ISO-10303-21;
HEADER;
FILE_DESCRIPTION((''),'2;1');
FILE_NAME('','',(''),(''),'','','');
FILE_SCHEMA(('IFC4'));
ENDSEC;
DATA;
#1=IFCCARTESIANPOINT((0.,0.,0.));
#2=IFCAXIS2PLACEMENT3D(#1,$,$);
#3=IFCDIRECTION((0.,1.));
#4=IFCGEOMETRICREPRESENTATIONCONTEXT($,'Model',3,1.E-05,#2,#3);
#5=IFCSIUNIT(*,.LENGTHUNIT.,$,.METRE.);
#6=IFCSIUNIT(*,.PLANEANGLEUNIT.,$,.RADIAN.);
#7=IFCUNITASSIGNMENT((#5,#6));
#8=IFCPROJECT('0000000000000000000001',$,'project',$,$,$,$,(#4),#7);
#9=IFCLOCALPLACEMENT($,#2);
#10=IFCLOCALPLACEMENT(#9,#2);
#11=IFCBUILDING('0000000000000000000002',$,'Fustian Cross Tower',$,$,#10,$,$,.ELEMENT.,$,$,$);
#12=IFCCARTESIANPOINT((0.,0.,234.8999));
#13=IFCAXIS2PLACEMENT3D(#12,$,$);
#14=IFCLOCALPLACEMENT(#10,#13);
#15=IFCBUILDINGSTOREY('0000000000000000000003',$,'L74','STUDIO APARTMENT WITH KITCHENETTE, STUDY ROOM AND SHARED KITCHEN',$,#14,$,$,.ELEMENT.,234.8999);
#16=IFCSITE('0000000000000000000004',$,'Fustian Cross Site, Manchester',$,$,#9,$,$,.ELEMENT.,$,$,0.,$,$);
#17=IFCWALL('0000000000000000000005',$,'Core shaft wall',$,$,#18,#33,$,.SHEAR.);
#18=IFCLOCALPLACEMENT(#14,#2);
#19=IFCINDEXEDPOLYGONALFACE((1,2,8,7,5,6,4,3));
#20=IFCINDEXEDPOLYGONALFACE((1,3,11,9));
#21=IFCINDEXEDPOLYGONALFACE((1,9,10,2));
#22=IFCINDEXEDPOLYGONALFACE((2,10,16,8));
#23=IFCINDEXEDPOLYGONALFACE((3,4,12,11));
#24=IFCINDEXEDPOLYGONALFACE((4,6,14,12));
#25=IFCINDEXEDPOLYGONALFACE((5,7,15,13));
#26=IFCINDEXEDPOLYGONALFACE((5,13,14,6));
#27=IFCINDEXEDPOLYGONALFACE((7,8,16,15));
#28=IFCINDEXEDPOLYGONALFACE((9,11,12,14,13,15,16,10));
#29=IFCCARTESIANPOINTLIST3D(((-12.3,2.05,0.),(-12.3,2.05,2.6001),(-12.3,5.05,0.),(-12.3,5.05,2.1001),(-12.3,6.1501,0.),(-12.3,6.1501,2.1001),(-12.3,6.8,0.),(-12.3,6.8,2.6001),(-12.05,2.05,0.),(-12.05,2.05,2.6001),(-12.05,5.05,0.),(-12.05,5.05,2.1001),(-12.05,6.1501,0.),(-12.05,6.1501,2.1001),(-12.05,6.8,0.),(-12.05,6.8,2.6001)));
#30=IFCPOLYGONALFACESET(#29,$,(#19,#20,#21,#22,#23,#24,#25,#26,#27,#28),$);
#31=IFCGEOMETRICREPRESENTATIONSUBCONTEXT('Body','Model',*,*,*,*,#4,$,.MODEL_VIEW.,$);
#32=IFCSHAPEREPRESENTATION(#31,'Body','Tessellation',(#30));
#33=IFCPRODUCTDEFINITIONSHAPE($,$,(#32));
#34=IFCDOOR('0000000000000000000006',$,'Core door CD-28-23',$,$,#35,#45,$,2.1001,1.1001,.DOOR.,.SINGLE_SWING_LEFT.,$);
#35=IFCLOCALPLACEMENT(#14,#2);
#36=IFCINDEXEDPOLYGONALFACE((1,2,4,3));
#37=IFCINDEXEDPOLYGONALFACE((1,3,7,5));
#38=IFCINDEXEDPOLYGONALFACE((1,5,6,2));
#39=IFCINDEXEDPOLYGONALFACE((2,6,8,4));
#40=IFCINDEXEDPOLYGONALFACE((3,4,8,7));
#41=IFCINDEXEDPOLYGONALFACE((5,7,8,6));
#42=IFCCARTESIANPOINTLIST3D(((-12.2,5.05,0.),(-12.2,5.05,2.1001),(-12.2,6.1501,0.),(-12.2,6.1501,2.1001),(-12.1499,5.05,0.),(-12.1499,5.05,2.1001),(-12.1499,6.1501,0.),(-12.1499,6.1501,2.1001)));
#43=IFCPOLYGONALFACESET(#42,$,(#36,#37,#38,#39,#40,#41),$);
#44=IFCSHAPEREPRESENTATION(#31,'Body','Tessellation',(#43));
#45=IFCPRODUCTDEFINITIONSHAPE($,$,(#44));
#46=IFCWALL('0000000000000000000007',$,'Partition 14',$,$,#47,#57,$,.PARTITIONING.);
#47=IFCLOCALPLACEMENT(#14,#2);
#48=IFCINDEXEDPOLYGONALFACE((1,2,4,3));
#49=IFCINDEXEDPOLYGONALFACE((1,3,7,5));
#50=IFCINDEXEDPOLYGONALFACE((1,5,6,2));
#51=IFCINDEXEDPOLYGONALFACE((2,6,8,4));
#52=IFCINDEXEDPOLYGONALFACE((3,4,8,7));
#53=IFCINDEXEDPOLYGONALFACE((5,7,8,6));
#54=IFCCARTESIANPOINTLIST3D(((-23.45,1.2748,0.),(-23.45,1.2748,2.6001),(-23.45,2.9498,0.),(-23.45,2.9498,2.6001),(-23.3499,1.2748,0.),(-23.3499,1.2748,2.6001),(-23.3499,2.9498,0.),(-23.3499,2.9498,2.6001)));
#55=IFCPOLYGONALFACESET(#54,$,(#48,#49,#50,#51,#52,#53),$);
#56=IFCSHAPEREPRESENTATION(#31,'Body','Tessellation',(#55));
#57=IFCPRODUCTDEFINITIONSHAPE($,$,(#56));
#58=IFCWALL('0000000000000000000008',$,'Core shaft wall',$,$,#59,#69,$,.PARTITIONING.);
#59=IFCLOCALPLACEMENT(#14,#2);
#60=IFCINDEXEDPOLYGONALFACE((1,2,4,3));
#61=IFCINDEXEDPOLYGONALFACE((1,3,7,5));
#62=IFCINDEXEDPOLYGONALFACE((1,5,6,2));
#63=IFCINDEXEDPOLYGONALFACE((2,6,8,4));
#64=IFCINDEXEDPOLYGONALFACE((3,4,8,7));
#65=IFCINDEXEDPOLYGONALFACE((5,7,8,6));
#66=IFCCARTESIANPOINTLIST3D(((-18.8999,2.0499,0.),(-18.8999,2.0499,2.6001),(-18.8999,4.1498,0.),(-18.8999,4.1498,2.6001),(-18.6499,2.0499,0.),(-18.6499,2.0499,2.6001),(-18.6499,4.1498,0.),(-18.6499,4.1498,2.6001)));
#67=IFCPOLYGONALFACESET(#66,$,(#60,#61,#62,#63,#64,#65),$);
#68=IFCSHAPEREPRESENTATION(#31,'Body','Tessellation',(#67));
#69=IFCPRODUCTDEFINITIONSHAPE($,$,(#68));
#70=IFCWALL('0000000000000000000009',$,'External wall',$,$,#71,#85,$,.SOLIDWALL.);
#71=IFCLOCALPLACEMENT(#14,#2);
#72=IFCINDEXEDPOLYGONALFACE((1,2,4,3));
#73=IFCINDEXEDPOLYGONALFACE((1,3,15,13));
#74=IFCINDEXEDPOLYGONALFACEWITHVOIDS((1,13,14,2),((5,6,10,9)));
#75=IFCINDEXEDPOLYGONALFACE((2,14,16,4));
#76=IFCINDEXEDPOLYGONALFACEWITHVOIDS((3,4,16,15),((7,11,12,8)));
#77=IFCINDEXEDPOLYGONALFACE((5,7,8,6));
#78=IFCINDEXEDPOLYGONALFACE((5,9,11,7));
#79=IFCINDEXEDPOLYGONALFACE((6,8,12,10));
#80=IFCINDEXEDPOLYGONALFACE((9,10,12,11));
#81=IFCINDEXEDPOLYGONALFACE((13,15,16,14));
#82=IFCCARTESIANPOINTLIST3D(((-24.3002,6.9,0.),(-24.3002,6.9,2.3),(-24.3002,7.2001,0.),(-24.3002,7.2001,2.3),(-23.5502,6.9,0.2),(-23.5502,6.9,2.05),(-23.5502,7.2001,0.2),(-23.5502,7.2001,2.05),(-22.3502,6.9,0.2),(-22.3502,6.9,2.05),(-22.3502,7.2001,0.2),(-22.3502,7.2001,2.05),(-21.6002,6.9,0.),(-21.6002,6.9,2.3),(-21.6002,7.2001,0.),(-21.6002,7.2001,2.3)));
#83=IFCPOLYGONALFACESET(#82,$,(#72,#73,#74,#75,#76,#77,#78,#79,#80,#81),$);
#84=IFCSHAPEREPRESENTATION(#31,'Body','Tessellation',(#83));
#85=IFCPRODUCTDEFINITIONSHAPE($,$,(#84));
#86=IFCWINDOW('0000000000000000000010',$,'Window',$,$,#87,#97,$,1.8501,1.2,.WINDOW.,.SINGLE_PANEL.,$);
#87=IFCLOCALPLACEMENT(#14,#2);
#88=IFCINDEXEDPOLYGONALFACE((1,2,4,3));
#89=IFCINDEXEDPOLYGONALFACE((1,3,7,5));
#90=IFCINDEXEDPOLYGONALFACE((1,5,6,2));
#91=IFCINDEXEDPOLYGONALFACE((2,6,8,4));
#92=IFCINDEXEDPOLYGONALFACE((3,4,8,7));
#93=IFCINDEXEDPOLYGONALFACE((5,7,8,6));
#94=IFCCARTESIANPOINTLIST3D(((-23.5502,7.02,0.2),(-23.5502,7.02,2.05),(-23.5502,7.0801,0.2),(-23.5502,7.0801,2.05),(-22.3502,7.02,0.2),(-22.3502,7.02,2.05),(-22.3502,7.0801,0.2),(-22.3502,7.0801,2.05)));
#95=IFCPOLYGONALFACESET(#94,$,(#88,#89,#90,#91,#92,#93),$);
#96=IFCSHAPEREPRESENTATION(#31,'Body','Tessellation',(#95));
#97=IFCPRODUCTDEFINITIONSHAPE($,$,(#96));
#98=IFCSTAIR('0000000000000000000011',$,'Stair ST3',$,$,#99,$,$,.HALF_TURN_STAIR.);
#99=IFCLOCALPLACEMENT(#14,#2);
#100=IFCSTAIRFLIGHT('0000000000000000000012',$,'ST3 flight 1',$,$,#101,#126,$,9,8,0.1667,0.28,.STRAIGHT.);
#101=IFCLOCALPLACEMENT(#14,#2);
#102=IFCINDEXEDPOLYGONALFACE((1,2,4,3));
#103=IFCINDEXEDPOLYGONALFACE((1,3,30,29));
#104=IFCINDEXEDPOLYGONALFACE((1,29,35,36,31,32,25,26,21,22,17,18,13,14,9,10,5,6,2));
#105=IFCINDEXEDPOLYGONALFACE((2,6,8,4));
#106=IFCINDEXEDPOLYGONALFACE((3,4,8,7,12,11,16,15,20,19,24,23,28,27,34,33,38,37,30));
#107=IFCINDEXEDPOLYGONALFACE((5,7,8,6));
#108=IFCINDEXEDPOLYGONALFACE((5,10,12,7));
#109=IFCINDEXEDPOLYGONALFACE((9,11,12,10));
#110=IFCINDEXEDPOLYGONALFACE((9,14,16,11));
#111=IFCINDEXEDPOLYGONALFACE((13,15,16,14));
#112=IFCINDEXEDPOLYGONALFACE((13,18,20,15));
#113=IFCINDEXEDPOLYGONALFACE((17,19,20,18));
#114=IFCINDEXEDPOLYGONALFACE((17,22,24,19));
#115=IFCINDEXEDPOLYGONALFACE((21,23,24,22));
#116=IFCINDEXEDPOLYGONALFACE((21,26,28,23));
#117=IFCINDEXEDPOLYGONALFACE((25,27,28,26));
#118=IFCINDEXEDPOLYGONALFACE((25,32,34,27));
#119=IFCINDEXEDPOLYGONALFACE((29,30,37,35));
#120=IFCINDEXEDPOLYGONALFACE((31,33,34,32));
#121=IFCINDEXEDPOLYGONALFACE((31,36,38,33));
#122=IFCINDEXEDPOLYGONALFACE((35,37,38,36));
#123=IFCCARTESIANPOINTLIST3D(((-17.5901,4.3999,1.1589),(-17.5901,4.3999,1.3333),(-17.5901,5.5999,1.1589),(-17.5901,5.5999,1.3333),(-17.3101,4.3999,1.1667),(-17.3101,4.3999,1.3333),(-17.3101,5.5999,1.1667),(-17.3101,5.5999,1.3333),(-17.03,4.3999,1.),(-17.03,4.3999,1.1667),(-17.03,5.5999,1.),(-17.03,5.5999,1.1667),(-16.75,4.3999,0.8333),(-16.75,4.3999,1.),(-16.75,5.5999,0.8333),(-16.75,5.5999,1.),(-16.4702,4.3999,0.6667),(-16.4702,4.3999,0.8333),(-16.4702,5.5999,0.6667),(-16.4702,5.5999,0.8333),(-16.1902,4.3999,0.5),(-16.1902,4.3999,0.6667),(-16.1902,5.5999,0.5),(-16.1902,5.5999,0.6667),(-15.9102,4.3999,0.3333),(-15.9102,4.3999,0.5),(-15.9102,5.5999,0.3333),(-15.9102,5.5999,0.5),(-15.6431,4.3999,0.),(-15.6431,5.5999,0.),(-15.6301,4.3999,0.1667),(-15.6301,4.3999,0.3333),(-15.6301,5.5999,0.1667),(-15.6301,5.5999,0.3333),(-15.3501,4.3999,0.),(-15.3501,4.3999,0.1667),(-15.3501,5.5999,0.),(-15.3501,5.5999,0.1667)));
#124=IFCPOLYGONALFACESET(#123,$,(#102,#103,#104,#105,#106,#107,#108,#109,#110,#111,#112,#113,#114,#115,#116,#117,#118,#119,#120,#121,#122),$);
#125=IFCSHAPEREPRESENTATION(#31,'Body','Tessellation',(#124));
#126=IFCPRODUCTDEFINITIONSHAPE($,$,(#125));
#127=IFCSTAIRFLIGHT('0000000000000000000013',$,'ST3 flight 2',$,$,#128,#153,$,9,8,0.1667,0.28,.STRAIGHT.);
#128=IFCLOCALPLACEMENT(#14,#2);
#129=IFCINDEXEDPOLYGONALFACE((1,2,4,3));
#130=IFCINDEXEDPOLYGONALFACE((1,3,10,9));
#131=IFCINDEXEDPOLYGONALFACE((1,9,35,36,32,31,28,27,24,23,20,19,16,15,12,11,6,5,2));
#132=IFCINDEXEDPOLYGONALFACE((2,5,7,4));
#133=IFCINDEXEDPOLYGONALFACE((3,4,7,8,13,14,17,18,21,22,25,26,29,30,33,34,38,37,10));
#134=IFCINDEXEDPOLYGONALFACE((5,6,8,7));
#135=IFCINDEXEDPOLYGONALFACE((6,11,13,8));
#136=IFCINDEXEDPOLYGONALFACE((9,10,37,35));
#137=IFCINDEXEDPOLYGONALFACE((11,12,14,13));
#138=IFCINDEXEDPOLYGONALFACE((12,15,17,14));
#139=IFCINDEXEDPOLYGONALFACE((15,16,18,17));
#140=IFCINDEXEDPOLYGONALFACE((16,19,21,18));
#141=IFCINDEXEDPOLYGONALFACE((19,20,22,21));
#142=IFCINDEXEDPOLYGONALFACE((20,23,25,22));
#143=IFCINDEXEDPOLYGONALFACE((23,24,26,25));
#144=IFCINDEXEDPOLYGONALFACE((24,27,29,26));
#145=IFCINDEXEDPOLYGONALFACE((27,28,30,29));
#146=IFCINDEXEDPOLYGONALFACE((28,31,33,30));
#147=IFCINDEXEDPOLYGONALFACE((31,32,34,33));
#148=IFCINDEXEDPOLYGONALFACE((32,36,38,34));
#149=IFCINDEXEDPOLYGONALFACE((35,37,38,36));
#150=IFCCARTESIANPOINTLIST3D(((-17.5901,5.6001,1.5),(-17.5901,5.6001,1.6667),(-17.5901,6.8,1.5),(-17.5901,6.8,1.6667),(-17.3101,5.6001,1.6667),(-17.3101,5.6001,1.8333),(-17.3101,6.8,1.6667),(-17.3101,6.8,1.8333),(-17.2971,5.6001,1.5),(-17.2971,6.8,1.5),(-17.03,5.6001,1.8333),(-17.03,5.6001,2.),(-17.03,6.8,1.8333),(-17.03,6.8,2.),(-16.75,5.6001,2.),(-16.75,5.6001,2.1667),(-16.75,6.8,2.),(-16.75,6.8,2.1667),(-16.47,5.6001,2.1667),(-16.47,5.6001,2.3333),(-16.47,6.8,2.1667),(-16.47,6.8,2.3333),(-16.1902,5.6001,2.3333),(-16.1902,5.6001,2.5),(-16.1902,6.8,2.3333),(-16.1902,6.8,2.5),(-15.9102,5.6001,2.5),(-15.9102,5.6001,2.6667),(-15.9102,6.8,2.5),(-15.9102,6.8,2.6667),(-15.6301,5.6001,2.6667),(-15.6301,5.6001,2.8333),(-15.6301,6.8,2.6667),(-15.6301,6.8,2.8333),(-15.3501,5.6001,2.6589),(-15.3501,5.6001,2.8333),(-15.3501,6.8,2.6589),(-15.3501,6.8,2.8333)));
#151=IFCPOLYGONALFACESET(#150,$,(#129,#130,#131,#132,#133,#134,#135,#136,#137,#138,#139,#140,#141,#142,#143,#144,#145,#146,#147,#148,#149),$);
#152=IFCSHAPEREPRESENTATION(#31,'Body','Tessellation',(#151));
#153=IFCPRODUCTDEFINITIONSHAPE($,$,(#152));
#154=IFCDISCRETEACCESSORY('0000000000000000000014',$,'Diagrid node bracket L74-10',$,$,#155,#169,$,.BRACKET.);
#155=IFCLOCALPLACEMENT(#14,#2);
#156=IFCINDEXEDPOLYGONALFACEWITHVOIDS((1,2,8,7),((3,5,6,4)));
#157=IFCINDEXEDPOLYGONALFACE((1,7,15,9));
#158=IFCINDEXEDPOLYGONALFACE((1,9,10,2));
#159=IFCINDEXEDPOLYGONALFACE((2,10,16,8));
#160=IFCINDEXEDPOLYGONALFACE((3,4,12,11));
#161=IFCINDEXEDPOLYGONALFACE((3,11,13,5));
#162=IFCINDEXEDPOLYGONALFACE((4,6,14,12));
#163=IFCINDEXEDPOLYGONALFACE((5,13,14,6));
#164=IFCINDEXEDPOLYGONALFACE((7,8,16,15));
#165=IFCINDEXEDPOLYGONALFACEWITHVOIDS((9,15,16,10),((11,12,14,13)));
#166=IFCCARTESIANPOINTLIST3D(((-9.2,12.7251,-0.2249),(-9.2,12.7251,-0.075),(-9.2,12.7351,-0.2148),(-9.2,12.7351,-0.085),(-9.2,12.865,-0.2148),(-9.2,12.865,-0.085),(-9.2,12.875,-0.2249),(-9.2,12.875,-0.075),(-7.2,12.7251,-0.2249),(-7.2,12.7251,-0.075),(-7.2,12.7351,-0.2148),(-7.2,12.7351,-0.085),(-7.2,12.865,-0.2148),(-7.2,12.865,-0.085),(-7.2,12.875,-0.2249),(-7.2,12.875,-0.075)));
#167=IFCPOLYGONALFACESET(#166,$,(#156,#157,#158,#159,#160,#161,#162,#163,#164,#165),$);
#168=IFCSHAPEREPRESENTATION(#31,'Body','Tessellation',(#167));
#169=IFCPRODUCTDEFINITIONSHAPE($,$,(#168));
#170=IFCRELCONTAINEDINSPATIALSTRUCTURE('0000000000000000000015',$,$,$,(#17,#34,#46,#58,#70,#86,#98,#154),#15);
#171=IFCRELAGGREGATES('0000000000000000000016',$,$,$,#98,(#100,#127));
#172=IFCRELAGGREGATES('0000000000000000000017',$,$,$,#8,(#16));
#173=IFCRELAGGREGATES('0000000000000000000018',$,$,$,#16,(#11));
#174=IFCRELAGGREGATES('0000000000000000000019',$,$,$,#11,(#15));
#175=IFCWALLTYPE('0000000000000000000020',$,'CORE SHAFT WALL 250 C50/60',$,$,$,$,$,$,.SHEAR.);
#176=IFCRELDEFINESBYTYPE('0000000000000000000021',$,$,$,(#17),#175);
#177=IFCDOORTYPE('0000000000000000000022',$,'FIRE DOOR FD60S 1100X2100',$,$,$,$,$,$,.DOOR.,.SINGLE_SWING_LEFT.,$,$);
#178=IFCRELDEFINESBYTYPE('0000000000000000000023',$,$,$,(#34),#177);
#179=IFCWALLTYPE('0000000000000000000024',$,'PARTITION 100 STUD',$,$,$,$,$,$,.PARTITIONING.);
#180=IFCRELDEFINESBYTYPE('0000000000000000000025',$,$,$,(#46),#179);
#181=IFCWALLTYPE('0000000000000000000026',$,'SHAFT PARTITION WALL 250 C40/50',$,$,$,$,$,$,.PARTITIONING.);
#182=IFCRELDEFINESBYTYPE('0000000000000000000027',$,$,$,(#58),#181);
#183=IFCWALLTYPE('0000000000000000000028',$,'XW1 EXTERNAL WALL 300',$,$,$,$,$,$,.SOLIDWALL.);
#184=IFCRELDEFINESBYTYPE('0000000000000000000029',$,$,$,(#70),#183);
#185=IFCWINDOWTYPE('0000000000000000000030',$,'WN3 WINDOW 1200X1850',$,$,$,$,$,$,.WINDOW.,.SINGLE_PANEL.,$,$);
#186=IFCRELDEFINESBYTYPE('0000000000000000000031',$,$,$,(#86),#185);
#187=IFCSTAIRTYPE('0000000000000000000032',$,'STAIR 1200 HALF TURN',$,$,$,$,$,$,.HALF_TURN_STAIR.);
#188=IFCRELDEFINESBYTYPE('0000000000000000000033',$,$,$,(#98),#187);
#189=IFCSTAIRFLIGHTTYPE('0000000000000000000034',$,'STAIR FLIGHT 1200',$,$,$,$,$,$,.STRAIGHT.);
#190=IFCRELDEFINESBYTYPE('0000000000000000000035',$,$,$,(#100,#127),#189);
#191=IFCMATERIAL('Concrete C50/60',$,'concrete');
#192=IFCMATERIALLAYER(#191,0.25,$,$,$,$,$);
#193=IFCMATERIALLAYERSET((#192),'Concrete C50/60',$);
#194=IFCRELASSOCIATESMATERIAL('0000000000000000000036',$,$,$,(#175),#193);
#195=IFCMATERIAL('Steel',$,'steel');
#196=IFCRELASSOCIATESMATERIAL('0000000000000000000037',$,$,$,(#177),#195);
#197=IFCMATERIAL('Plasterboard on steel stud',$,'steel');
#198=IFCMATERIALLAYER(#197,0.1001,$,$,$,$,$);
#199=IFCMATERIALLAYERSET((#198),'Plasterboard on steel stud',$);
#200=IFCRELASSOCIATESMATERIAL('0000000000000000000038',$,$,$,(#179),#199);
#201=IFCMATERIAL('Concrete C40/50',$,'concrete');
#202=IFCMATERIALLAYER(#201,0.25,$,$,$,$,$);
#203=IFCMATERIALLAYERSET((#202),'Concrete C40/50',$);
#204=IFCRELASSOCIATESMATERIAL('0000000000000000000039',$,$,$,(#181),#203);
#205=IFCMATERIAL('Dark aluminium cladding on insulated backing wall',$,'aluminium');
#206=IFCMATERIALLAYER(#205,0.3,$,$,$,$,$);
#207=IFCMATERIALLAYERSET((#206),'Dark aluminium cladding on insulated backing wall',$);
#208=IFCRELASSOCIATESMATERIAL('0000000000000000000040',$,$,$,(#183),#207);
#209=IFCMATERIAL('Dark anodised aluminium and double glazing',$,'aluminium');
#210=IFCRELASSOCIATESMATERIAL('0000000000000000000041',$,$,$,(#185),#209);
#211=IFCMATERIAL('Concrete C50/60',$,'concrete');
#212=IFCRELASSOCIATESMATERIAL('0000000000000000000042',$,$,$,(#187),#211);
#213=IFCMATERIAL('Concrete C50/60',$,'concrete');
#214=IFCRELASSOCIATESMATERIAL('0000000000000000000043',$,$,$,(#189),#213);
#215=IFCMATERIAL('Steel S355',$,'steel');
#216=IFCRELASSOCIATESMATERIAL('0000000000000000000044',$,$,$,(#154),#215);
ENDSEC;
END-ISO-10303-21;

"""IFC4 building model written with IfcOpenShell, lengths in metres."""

from ifc_helpers import new_model, si_unit, direction, frame, frame_2d, origin, origin_2d, place, context, subcontext, project, spatial, polyline, rectangle, hollow_rectangle, outline, extrude, material, layer, layer_set, type_object, element, fill, aggregate, save


model = new_model("IFC4")

# Units and contexts
model_context = context("Model", 3, precision=1e-05, world=origin(), true_north=direction((0.0, 1.0)))
body_context = subcontext(model_context, "Body", "Model", "MODEL_VIEW")
ifc_project = project(units=[si_unit("LENGTHUNIT", "METRE"), si_unit("PLANEANGLEUNIT", "RADIAN")], contexts=[model_context])

# Site, building, storey
site_placement = place(None, origin())
site = spatial("IfcSite", under=ifc_project, at=site_placement, Name="Fustian Cross Site, Manchester", CompositionType="ELEMENT", RefElevation=0.0)
building_placement = place(site_placement, origin())
building = spatial("IfcBuilding", under=site, at=building_placement, Name="Fustian Cross Tower", CompositionType="ELEMENT")
storey_placement = place(building_placement, frame((0.0, 0.0, 234.8999)))
storey = spatial("IfcBuildingStorey", under=building, at=storey_placement, Name="L74", Description="STUDIO APARTMENT WITH KITCHENETTE, STUDY ROOM AND SHARED KITCHEN", CompositionType="ELEMENT", Elevation=234.8999)

# Shared definitions
ifc_material_1 = material(Name="Concrete C50/60", Category="concrete")
ifc_layer_1 = layer(ifc_material_1, 0.25)
ifc_layer_set_1 = layer_set([ifc_layer_1], Name="Concrete C50/60")
wall_type_1 = type_object("IfcWallType", Name="CORE SHAFT WALL 250 C50/60", PredefinedType="SHEAR", material=ifc_layer_set_1)

# Wall, opening, door
wall_1_placement = place(storey_placement, frame((-12.175, 2.05, 0.0), z_axis=(0.0, 0.0, 1.0), x_axis=(0.0, 1.0, 0.0)))
wall_1 = element("IfcWall", 1, at=wall_1_placement, inside=storey, type_object=wall_type_1, Name="Core shaft wall", PredefinedType="SHEAR", context=body_context, shape_type="SweptSolid", body=[
    extrude(rectangle(XDim=4.75, YDim=0.25, at=frame_2d((2.375, 0.0))), origin(), (0.0, 0.0, 1.0), 2.6001),
])
opening_1_placement = place(wall_1_placement, frame((3.0, 0.0, 0.0)))
opening_1 = element("IfcOpeningElement", 2, at=opening_1_placement, cuts=wall_1, PredefinedType="OPENING", context=body_context, shape_type="SweptSolid", body=[
    extrude(rectangle(XDim=1.1001, YDim=2.1001, at=frame_2d((0.55, 1.05))), frame((0.0, 0.135, 0.0), z_axis=(0.0, -1.0, 0.0), x_axis=(1.0, 0.0, 0.0)), (0.0, 0.0, 1.0), 0.27),
])
ifc_material_2 = material(Name="Steel", Category="steel")
door_type_1 = type_object("IfcDoorType", Name="FIRE DOOR FD60S 1100X2100", OperationType="SINGLE_SWING_LEFT", PredefinedType="DOOR", material=ifc_material_2)
door_1_placement = place(opening_1_placement, origin())
door_1 = element("IfcDoor", 3, at=door_1_placement, inside=storey, type_object=door_type_1, Name="Core door CD-28-23", OperationType="SINGLE_SWING_LEFT", OverallHeight=2.1001, OverallWidth=1.1001, PredefinedType="DOOR", context=body_context, shape_type="SweptSolid", body=[
    extrude(rectangle(XDim=1.1001, YDim=2.1001, at=frame_2d((0.55, 1.05))), frame((0.0, 0.0249, 0.0), z_axis=(0.0, -1.0, 0.0), x_axis=(1.0, 0.0, 0.0)), (0.0, 0.0, 1.0), 0.05),
])
fill(opening_1, door_1)

# Walls
ifc_material_3 = material(Name="Plasterboard on steel stud", Category="steel")
ifc_layer_2 = layer(ifc_material_3, 0.1001)
ifc_layer_set_2 = layer_set([ifc_layer_2], Name="Plasterboard on steel stud")
wall_type_2 = type_object("IfcWallType", Name="PARTITION 100 STUD", PredefinedType="PARTITIONING", material=ifc_layer_set_2)
wall_2_placement = place(storey_placement, frame((-23.3999, 1.2749, 0.0), z_axis=(0.0, 0.0, 1.0), x_axis=(0.0, 1.0, 0.0)))
element("IfcWall", 4, at=wall_2_placement, inside=storey, type_object=wall_type_2, Name="Partition 14", PredefinedType="PARTITIONING", context=body_context, shape_type="SweptSolid", body=[
    extrude(rectangle(XDim=1.675, YDim=0.1001, at=frame_2d((0.8374, 0.0))), origin(), (0.0, 0.0, 1.0), 2.6001),
])
ifc_material_4 = material(Name="Concrete C40/50", Category="concrete")
ifc_layer_3 = layer(ifc_material_4, 0.25)
ifc_layer_set_3 = layer_set([ifc_layer_3], Name="Concrete C40/50")
wall_type_3 = type_object("IfcWallType", Name="SHAFT PARTITION WALL 250 C40/50", PredefinedType="PARTITIONING", material=ifc_layer_set_3)
wall_3_placement = place(storey_placement, frame((-18.7749, 2.05, 0.0), z_axis=(0.0, 0.0, 1.0), x_axis=(0.0, 1.0, 0.0)))
element("IfcWall", 5, at=wall_3_placement, inside=storey, type_object=wall_type_3, Name="Core shaft wall", PredefinedType="PARTITIONING", context=body_context, shape_type="SweptSolid", body=[
    extrude(rectangle(XDim=2.0999, YDim=0.25, at=frame_2d((1.0498, 0.0))), origin(), (0.0, 0.0, 1.0), 2.6001),
])

# Wall, opening, window
ifc_material_5 = material(Name="Dark aluminium cladding on insulated backing wall", Category="aluminium")
ifc_layer_4 = layer(ifc_material_5, 0.3)
ifc_layer_set_4 = layer_set([ifc_layer_4], Name="Dark aluminium cladding on insulated backing wall")
wall_type_4 = type_object("IfcWallType", Name="XW1 EXTERNAL WALL 300", PredefinedType="SOLIDWALL", material=ifc_layer_set_4)
wall_4_placement = place(storey_placement, frame((-21.6001, 7.05, 0.0), z_axis=(0.0, 0.0, 1.0), x_axis=(-1.0, 0.0, 0.0)))
wall_4 = element("IfcWall", 6, at=wall_4_placement, inside=storey, type_object=wall_type_4, Name="External wall", PredefinedType="SOLIDWALL", context=body_context, shape_type="SweptSolid", body=[
    extrude(rectangle(XDim=2.7, YDim=0.3, at=frame_2d((1.3501, 0.0))), origin(), (0.0, 0.0, 1.0), 2.3),
])
opening_2_placement = place(wall_4_placement, frame((0.75, 0.0, 0.2)))
opening_2 = element("IfcOpeningElement", 7, at=opening_2_placement, cuts=wall_4, PredefinedType="OPENING", context=body_context, shape_type="SweptSolid", body=[
    extrude(rectangle(XDim=1.2, YDim=1.8501, at=frame_2d((0.6001, 0.925))), frame((0.0, 0.1599, 0.0), z_axis=(0.0, -1.0, 0.0), x_axis=(1.0, 0.0, 0.0)), (0.0, 0.0, 1.0), 0.3201),
])
ifc_material_6 = material(Name="Dark anodised aluminium and double glazing", Category="aluminium")
window_type = type_object("IfcWindowType", Name="WN3 WINDOW 1200X1850", PartitioningType="SINGLE_PANEL", PredefinedType="WINDOW", material=ifc_material_6)
window_placement = place(opening_2_placement, origin())
window = element("IfcWindow", 8, at=window_placement, inside=storey, type_object=window_type, Name="Window", OverallHeight=1.8501, OverallWidth=1.2, PartitioningType="SINGLE_PANEL", PredefinedType="WINDOW", context=body_context, shape_type="SweptSolid", body=[
    extrude(rectangle(XDim=1.2, YDim=1.8501, at=frame_2d((0.6001, 0.925))), frame((0.0, 0.03, 0.0), z_axis=(0.0, -1.0, 0.0), x_axis=(1.0, 0.0, 0.0)), (0.0, 0.0, 1.0), 0.0601),
])
fill(opening_2, window)

# Stair, stair flights
ifc_material_7 = material(Name="Concrete C50/60", Category="concrete")
stair_type = type_object("IfcStairType", Name="STAIR 1200 HALF TURN", PredefinedType="HALF_TURN_STAIR", material=ifc_material_7)
stair_placement = place(storey_placement, origin())
stair = element("IfcStair", 9, at=stair_placement, inside=storey, type_object=stair_type, Name="Stair ST3", PredefinedType="HALF_TURN_STAIR")
ifc_material_8 = material(Name="Concrete C50/60", Category="concrete")
stair_flight_type = type_object("IfcStairFlightType", Name="STAIR FLIGHT 1200", PredefinedType="STRAIGHT", material=ifc_material_8)
stair_flight_1_placement = place(storey_placement, frame((-15.3501, 5.0, 0.0), z_axis=(0.0, 0.0, 1.0), x_axis=(-1.0, 0.0, 0.0)))
stair_flight_1 = element("IfcStairFlight", 10, at=stair_flight_1_placement, type_object=stair_flight_type, Name="ST3 flight 1", NumberOfRisers=9, NumberOfTreads=8, PredefinedType="STRAIGHT", RiserHeight=0.1667, TreadLength=0.28, context=body_context, shape_type="SweptSolid", body=[
    extrude(outline(polyline([(0.0, 0.0), (0.0, 0.1667), (0.28, 0.1667), (0.28, 0.3333), (0.5601, 0.3333), (0.5601, 0.5), (0.8401, 0.5), (0.8401, 0.6667), (1.1201, 0.6667), (1.1201, 0.8333), (1.3999, 0.8333), (1.3999, 1.0), (1.6799, 1.0), (1.6799, 1.1667), (1.96, 1.1667), (1.96, 1.3333), (2.24, 1.3333), (2.24, 1.5), (2.24, 1.1589), (0.293, 0.0), (0.0, 0.0)])), frame((0.0, 0.6001, 0.0), z_axis=(0.0, -1.0, 0.0), x_axis=(1.0, 0.0, 0.0)), (0.0, 0.0, 1.0), 1.2),
])
stair_flight_2_placement = place(storey_placement, frame((-17.5901, 6.2, 1.5), z_axis=(0.0, 0.0, 1.0), x_axis=(1.0, 0.0, 0.0)))
stair_flight_2 = element("IfcStairFlight", 11, at=stair_flight_2_placement, type_object=stair_flight_type, Name="ST3 flight 2", NumberOfRisers=9, NumberOfTreads=8, PredefinedType="STRAIGHT", RiserHeight=0.1667, TreadLength=0.28, context=body_context, shape_type="SweptSolid", body=[
    extrude(outline(polyline([(0.0, 0.0), (0.0, 0.1667), (0.28, 0.1667), (0.28, 0.3333), (0.5601, 0.3333), (0.5601, 0.5), (0.8401, 0.5), (0.8401, 0.6667), (1.1201, 0.6667), (1.1201, 0.8333), (1.3999, 0.8333), (1.3999, 1.0), (1.6799, 1.0), (1.6799, 1.1667), (1.96, 1.1667), (1.96, 1.3333), (2.24, 1.3333), (2.24, 1.5), (2.24, 1.1589), (0.293, 0.0), (0.0, 0.0)])), frame((0.0, 0.6001, 0.0), z_axis=(0.0, -1.0, 0.0), x_axis=(1.0, 0.0, 0.0)), (0.0, 0.0, 1.0), 1.2),
])
aggregate(stair, [stair_flight_1, stair_flight_2])

# Discrete accessory
ifc_material_9 = material(Name="Steel S355", Category="steel")
for number, where, z_axis, x_axis, name in (
    (12, (-9.2, 12.8, -0.1499), (1.0, 0.0, 0.0), (0.0, 1.0, 0.0), "Diagrid node bracket L74-10"),
):
    element("IfcDiscreteAccessory", number, at=place(storey_placement, frame(where, z_axis=z_axis, x_axis=x_axis)), inside=storey, material=ifc_material_9, Name=name, PredefinedType="BRACKET", context=body_context, shape_type="SweptSolid", body=[
        extrude(hollow_rectangle(XDim=0.1499, YDim=0.1499, WallThickness=0.01, at=origin_2d()), origin(), (0.0, 0.0, 1.0), 2.0),
    ])

save(model, "model.ifc")
